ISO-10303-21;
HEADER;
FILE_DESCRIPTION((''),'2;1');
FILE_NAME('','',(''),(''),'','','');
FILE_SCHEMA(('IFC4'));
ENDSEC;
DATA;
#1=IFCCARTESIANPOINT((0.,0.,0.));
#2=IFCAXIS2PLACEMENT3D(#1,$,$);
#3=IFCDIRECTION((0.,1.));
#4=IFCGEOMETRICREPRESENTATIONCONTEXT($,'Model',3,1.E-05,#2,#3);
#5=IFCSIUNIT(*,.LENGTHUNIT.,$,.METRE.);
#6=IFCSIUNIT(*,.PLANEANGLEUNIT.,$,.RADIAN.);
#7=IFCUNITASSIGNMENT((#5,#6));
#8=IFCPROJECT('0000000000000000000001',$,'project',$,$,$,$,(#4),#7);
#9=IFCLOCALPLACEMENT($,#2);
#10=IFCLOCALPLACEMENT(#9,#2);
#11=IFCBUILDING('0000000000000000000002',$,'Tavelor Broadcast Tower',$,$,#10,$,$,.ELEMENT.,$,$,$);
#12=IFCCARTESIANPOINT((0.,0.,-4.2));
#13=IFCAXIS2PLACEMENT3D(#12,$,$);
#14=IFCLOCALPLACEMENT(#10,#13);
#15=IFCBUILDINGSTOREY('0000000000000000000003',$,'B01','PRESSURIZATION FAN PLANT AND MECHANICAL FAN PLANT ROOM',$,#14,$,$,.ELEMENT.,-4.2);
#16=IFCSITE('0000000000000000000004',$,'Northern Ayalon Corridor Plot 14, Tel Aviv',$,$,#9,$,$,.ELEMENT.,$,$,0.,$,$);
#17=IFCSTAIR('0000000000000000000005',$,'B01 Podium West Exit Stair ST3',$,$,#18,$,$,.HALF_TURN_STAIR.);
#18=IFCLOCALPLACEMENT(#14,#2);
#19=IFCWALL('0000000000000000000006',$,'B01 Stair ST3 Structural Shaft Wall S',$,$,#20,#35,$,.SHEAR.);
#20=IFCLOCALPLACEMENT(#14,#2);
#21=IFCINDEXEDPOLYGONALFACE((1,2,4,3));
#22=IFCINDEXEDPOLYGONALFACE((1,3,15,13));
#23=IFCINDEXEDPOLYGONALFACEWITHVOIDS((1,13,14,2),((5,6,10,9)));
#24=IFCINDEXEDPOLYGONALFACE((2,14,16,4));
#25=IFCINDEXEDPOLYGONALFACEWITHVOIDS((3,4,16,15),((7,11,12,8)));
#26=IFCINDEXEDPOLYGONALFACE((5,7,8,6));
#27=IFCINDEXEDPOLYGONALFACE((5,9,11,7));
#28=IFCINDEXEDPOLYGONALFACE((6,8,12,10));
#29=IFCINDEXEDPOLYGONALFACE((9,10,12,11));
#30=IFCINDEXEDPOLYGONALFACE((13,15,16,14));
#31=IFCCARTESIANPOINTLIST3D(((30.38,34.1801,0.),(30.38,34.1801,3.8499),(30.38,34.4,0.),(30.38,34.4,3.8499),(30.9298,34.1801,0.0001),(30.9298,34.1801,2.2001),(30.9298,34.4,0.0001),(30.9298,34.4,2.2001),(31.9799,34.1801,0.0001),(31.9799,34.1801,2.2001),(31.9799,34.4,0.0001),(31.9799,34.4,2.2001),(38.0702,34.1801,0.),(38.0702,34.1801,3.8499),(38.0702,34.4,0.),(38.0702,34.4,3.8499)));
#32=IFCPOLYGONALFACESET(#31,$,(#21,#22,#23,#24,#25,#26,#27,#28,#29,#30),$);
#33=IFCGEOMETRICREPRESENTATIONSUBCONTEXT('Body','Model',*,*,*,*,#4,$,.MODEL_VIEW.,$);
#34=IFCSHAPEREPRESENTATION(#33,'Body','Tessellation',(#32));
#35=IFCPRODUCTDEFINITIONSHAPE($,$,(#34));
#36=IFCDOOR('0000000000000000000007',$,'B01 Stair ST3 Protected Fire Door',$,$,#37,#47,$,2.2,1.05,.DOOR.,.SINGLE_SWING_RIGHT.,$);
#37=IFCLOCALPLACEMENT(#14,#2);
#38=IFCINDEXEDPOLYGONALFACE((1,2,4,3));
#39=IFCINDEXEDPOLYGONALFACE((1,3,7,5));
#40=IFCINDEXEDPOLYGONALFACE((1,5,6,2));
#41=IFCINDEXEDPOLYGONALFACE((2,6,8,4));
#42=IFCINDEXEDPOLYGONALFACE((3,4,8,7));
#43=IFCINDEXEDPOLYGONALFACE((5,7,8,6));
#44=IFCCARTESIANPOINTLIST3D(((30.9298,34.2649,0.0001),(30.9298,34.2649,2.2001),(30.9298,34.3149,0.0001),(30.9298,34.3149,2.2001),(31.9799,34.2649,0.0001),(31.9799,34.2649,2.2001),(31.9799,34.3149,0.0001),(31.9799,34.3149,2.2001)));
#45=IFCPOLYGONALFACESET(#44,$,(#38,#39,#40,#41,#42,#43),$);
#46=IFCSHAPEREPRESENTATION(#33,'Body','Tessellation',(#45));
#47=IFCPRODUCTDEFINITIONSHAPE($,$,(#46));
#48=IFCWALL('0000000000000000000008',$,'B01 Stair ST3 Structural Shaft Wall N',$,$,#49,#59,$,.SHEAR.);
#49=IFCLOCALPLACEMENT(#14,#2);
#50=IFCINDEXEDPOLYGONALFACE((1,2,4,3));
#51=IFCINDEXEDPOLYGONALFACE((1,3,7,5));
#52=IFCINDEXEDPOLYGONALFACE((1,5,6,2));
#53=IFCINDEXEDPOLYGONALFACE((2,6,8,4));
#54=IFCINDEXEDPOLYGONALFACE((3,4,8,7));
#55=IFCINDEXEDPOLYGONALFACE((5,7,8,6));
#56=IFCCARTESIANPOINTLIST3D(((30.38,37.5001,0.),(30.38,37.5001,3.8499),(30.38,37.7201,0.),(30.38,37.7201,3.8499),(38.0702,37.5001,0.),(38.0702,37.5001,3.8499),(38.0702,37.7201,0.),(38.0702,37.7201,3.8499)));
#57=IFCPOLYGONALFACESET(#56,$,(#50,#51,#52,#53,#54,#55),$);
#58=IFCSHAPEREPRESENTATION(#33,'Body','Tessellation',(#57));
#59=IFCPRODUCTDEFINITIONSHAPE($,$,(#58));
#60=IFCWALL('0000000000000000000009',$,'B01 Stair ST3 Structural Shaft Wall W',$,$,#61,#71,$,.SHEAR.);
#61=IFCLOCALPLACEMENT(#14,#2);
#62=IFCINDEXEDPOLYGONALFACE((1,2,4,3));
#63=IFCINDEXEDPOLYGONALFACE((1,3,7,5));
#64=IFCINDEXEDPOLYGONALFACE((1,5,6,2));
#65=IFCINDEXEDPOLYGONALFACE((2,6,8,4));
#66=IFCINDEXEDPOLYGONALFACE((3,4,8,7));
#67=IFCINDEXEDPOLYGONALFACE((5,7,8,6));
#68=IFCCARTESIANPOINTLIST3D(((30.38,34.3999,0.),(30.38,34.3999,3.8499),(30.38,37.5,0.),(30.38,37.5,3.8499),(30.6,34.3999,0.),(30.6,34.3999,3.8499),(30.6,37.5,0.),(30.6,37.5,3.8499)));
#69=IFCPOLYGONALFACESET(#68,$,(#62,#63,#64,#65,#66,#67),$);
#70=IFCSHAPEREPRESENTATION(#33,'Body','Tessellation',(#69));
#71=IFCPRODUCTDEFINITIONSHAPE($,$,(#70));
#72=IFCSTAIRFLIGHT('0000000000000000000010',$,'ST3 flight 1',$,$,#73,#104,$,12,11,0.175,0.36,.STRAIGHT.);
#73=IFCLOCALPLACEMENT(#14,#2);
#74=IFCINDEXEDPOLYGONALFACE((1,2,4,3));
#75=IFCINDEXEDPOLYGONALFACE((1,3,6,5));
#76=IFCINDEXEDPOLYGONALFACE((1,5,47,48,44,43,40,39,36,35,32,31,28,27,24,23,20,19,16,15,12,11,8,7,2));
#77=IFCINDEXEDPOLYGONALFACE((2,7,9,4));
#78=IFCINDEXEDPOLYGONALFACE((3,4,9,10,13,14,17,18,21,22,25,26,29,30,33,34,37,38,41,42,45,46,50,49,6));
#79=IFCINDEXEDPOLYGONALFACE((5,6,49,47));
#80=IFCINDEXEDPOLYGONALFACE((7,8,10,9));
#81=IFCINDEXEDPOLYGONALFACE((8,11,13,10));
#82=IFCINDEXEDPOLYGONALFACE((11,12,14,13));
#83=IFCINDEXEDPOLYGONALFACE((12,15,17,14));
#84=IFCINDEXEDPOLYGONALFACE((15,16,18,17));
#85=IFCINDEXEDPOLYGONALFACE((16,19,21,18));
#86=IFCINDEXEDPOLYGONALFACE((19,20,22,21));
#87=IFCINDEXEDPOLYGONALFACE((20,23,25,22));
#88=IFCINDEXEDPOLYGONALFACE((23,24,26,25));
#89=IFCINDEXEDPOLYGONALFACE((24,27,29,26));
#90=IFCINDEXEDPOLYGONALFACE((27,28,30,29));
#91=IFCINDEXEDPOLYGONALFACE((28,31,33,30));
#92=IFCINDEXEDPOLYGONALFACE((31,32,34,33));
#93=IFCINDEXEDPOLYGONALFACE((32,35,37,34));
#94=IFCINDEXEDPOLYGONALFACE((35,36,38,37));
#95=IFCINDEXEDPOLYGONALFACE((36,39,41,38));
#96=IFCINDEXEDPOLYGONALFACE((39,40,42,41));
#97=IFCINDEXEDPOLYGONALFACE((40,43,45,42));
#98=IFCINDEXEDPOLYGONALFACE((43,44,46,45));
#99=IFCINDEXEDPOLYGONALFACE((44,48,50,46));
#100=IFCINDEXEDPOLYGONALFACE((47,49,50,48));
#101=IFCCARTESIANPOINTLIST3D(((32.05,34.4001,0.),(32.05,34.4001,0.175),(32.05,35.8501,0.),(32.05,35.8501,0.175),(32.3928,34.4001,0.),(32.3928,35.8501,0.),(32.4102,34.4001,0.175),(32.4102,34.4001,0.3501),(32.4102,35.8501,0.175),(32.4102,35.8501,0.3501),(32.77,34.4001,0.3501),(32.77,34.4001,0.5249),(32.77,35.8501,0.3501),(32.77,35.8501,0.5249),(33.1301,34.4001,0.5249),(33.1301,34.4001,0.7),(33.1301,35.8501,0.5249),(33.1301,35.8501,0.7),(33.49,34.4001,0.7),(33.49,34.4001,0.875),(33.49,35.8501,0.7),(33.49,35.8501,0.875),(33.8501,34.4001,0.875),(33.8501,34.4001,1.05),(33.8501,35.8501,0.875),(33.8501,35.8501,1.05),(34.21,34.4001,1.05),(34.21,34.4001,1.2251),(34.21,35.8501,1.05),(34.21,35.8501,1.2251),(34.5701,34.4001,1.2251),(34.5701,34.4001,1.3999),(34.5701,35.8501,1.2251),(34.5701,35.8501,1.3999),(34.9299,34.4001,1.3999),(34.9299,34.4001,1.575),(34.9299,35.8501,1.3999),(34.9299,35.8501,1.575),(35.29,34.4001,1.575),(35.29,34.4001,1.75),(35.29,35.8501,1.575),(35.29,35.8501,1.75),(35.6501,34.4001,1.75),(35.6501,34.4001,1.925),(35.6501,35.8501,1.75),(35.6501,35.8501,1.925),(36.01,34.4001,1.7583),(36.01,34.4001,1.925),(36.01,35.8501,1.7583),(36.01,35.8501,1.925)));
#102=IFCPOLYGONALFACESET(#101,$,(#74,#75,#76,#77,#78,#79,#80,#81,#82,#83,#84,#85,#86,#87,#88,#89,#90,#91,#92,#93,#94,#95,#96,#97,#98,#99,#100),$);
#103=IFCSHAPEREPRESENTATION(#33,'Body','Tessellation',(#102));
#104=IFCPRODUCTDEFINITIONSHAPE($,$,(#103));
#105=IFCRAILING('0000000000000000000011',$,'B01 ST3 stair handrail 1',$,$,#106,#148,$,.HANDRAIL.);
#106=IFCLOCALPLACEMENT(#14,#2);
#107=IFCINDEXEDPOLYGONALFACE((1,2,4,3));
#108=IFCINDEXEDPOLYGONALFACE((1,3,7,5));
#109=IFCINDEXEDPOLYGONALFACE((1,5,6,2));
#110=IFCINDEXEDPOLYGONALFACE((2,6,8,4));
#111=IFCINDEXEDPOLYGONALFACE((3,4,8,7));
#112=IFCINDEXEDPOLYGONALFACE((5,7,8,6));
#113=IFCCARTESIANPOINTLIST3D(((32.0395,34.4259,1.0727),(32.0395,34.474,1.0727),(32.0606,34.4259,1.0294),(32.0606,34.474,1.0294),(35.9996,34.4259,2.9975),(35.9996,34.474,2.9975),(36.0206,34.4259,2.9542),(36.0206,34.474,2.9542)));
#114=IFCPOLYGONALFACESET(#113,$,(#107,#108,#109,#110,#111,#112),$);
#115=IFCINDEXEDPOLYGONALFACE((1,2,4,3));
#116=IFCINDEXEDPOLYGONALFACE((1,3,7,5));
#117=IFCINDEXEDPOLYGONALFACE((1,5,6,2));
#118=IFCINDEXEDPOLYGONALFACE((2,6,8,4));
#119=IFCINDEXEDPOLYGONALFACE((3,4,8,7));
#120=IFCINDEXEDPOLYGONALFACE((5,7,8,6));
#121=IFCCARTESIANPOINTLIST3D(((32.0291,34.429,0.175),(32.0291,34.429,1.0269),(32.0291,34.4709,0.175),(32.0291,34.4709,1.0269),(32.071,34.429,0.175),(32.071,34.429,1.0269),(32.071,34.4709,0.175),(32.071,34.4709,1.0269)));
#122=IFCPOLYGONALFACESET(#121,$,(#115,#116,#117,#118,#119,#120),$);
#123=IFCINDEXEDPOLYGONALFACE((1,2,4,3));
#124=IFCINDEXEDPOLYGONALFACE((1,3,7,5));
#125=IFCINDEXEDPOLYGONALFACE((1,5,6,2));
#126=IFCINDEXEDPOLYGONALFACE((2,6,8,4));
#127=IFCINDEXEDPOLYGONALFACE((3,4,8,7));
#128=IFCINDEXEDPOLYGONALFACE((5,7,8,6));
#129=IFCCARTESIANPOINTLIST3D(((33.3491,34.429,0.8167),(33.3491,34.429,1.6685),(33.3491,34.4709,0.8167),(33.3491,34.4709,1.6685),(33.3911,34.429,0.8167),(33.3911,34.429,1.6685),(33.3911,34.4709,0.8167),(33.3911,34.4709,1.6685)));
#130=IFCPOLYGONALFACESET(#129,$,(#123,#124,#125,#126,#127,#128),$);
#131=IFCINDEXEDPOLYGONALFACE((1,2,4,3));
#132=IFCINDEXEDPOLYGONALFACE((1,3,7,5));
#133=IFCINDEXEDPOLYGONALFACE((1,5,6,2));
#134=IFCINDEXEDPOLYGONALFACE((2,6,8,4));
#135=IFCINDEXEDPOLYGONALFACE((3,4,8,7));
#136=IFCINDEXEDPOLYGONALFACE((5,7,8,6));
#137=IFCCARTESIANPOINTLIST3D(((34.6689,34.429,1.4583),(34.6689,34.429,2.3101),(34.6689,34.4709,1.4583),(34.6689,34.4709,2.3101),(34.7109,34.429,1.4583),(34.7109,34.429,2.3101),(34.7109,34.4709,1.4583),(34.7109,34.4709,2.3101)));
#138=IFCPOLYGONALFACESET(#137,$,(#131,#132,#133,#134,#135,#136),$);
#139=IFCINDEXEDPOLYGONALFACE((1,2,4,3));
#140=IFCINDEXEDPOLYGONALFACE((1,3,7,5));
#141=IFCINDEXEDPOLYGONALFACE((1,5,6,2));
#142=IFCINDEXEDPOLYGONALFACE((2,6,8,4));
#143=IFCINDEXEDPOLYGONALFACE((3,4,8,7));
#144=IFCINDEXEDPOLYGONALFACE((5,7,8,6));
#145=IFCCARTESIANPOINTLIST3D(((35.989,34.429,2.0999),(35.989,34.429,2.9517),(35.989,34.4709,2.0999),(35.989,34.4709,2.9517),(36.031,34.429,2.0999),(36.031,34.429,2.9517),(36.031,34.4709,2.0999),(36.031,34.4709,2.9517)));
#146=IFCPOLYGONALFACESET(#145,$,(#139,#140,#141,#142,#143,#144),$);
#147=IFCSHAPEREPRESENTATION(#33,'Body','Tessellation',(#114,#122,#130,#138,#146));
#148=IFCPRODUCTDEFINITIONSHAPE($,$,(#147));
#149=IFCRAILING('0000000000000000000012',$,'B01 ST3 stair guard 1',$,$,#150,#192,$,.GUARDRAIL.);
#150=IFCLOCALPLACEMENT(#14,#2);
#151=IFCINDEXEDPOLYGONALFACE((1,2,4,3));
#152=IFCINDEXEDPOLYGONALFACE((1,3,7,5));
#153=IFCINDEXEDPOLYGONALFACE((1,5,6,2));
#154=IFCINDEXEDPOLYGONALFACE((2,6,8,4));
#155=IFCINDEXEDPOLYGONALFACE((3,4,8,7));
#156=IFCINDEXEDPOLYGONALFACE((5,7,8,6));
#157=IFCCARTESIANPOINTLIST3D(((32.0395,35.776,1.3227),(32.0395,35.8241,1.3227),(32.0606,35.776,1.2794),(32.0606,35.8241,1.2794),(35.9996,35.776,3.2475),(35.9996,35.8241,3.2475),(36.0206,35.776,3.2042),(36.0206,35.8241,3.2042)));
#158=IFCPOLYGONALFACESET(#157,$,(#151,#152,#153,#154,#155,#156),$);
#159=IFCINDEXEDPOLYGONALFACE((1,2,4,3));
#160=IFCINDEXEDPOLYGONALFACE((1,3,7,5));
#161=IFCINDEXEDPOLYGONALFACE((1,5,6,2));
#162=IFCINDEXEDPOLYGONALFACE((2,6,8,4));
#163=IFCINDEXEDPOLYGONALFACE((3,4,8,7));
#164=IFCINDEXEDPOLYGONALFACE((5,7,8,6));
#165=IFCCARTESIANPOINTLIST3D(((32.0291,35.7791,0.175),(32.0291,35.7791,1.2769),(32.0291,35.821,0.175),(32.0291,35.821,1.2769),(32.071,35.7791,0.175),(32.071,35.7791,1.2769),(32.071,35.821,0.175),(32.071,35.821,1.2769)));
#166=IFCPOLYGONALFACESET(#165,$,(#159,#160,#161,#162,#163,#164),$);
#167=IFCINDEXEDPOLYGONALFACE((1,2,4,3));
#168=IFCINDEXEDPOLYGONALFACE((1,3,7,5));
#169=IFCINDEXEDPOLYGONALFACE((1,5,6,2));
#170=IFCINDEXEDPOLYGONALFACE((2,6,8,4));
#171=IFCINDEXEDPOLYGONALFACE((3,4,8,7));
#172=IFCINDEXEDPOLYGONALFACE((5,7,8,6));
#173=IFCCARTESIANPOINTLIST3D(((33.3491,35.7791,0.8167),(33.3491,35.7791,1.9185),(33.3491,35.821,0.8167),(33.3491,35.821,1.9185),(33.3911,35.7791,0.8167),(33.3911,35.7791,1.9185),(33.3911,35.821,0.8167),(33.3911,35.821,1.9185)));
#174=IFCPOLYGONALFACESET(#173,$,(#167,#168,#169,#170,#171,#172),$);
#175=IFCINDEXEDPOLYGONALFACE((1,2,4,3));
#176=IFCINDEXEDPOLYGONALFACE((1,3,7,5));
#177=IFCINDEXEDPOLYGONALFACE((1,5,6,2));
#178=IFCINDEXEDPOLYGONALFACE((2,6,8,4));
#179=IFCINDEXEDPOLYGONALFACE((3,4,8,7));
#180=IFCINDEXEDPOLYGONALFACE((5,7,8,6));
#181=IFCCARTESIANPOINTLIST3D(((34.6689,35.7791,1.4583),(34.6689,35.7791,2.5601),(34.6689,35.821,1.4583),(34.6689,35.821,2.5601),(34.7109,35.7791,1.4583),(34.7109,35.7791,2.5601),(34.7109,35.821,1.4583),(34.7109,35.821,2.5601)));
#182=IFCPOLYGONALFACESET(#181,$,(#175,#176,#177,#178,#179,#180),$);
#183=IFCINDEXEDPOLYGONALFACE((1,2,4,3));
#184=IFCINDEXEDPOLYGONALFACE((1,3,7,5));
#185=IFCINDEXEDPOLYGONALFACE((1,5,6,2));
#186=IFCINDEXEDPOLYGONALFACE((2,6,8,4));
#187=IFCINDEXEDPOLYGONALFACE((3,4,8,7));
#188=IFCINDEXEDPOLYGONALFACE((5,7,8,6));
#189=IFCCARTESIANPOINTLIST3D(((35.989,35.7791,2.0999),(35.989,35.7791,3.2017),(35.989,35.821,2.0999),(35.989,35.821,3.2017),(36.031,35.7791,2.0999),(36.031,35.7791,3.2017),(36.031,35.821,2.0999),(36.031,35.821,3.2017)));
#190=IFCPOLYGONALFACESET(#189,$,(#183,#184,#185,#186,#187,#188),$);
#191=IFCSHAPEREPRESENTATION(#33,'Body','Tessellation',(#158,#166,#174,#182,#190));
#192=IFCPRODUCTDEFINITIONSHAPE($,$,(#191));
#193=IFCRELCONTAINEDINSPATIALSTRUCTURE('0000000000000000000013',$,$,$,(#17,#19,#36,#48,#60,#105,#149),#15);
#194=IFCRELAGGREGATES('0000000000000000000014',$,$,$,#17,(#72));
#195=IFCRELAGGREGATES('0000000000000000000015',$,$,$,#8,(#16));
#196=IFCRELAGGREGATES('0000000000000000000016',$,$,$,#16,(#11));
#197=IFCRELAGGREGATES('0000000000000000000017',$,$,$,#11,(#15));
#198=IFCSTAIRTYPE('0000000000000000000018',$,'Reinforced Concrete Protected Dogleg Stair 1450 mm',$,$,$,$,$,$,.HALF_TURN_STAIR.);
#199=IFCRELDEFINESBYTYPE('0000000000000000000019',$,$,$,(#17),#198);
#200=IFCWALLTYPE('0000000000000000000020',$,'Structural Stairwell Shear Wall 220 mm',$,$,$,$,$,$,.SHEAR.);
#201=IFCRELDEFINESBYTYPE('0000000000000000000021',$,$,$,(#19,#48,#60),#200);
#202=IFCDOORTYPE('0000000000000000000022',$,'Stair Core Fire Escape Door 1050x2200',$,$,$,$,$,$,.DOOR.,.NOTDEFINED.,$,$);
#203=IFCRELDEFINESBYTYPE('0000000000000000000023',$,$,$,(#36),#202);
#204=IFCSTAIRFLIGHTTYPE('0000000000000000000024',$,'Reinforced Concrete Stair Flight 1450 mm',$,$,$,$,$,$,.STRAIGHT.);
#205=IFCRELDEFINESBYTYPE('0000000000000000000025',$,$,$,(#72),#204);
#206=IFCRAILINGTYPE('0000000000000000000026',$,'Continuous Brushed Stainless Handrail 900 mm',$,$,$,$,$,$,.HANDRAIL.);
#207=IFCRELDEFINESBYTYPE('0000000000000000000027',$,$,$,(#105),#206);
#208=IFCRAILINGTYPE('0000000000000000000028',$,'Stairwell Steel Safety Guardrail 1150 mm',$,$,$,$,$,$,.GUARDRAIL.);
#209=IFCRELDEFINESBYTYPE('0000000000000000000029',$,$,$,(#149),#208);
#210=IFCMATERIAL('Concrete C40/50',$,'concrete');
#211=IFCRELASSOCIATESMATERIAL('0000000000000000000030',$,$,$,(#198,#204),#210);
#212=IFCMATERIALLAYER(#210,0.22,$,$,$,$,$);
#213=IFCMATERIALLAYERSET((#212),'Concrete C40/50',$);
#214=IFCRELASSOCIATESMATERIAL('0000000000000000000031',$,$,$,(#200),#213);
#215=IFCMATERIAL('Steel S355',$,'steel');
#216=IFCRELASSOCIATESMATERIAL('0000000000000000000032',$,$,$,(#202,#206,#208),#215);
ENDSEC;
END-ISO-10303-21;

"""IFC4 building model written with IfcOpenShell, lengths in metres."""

from ifc_helpers import new_model, si_unit, direction, frame, frame_2d, origin, origin_2d, place, context, subcontext, project, spatial, polyline, rectangle, outline, extrude, material, layer, layer_set, type_object, element, fill, aggregate, save


model = new_model("IFC4")

# Units and contexts
model_context = context("Model", 3, precision=1e-05, world=origin(), true_north=direction((0.0, 1.0)))
body_context = subcontext(model_context, "Body", "Model", "MODEL_VIEW")
ifc_project = project(units=[si_unit("LENGTHUNIT", "METRE"), si_unit("PLANEANGLEUNIT", "RADIAN")], contexts=[model_context])

# Site, building, storey
site_placement = place(None, origin())
site = spatial("IfcSite", under=ifc_project, at=site_placement, Name="Northern Ayalon Corridor Plot 14, Tel Aviv", CompositionType="ELEMENT", RefElevation=0.0)
building_placement = place(site_placement, origin())
building = spatial("IfcBuilding", under=site, at=building_placement, Name="Tavelor Broadcast Tower", CompositionType="ELEMENT")
storey_placement = place(building_placement, frame((0.0, 0.0, -4.2)))
storey = spatial("IfcBuildingStorey", under=building, at=storey_placement, Name="B01", Description="PRESSURIZATION FAN PLANT AND MECHANICAL FAN PLANT ROOM", CompositionType="ELEMENT", Elevation=-4.2)

# Shared definitions
ifc_material_1 = material(Name="Concrete C40/50", Category="concrete")
ifc_material_2 = material(Name="Steel S355", Category="steel")

# Stair
stair_type = type_object("IfcStairType", Name="Reinforced Concrete Protected Dogleg Stair 1450 mm", PredefinedType="HALF_TURN_STAIR", material=ifc_material_1)
stair_1_placement = place(storey_placement, origin())
stair_1 = element("IfcStair", 1, at=stair_1_placement, inside=storey, type_object=stair_type, Name="B01 Podium West Exit Stair ST3", PredefinedType="HALF_TURN_STAIR")

# Wall, opening, door
ifc_layer_1 = layer(ifc_material_1, 0.22)
ifc_layer_set_1 = layer_set([ifc_layer_1], Name="Concrete C40/50")
wall_type_1 = type_object("IfcWallType", Name="Structural Stairwell Shear Wall 220 mm", PredefinedType="SHEAR", material=ifc_layer_set_1)
wall_1_placement = place(storey_placement, frame((30.3799, 34.29, 0.0), z_axis=(0.0, 0.0, 1.0), x_axis=(1.0, 0.0, 0.0)))
wall_1 = element("IfcWall", 2, at=wall_1_placement, inside=storey, type_object=wall_type_1, Name="B01 Stair ST3 Structural Shaft Wall S", PredefinedType="SHEAR", context=body_context, shape_type="SweptSolid", body=[
    extrude(rectangle(XDim=7.6902, YDim=0.22, at=frame_2d((3.8452, 0.0))), origin(), (0.0, 0.0, 1.0), 3.8499),
])
opening_placement = place(wall_1_placement, frame((0.55, 0.0, 0.0)))
opening = element("IfcOpeningElement", 3, at=opening_placement, cuts=wall_1, PredefinedType="OPENING", context=body_context, shape_type="SweptSolid", body=[
    extrude(rectangle(XDim=1.05, YDim=2.2, at=frame_2d((0.5249, 1.1001))), frame((0.0, 0.1201, 0.0), z_axis=(0.0, -1.0, 0.0), x_axis=(1.0, 0.0, 0.0)), (0.0, 0.0, 1.0), 0.24),
])
door_type = type_object("IfcDoorType", Name="Stair Core Fire Escape Door 1050x2200", OperationType="NOTDEFINED", PredefinedType="DOOR", material=ifc_material_2)
door_placement = place(opening_placement, origin())
door = element("IfcDoor", 4, at=door_placement, inside=storey, type_object=door_type, Name="B01 Stair ST3 Protected Fire Door", OperationType="SINGLE_SWING_RIGHT", OverallHeight=2.2, OverallWidth=1.05, PredefinedType="DOOR", context=body_context, shape_type="SweptSolid", body=[
    extrude(rectangle(XDim=1.05, YDim=2.2, at=frame_2d((0.5249, 1.1001))), frame((0.0, 0.0249, 0.0), z_axis=(0.0, -1.0, 0.0), x_axis=(1.0, 0.0, 0.0)), (0.0, 0.0, 1.0), 0.05),
])
fill(opening, door)

# Walls
wall_2_placement = place(storey_placement, frame((30.3799, 37.6101, 0.0), z_axis=(0.0, 0.0, 1.0), x_axis=(1.0, 0.0, 0.0)))
element("IfcWall", 5, at=wall_2_placement, inside=storey, type_object=wall_type_1, Name="B01 Stair ST3 Structural Shaft Wall N", PredefinedType="SHEAR", context=body_context, shape_type="SweptSolid", body=[
    extrude(rectangle(XDim=7.6902, YDim=0.22, at=frame_2d((3.8452, 0.0))), origin(), (0.0, 0.0, 1.0), 3.8499),
])
wall_3_placement = place(storey_placement, frame((30.49, 34.3999, 0.0), z_axis=(0.0, 0.0, 1.0), x_axis=(0.0, 1.0, 0.0)))
element("IfcWall", 6, at=wall_3_placement, inside=storey, type_object=wall_type_1, Name="B01 Stair ST3 Structural Shaft Wall W", PredefinedType="SHEAR", context=body_context, shape_type="SweptSolid", body=[
    extrude(rectangle(XDim=3.1001, YDim=0.22, at=frame_2d((1.55, 0.0))), origin(), (0.0, 0.0, 1.0), 3.8499),
])

# Stair flight
stair_flight_type = type_object("IfcStairFlightType", Name="Reinforced Concrete Stair Flight 1450 mm", PredefinedType="STRAIGHT", material=ifc_material_1)
stair_flight_placement = place(storey_placement, frame((32.05, 35.125, 0.0), z_axis=(0.0, 0.0, 1.0), x_axis=(1.0, 0.0, 0.0)))
stair_flight = element("IfcStairFlight", 7, at=stair_flight_placement, type_object=stair_flight_type, Name="ST3 flight 1", NumberOfRisers=12, NumberOfTreads=11, PredefinedType="STRAIGHT", RiserHeight=0.175, TreadLength=0.36, context=body_context, shape_type="SweptSolid", body=[
    extrude(outline(polyline([(0.0, 0.0), (0.0, 0.175), (0.3601, 0.175), (0.3601, 0.3501), (0.72, 0.3501), (0.72, 0.5249), (1.0801, 0.5249), (1.0801, 0.7), (1.4399, 0.7), (1.4399, 0.875), (1.8, 0.875), (1.8, 1.05), (2.1599, 1.05), (2.1599, 1.2251), (2.52, 1.2251), (2.52, 1.3999), (2.8799, 1.3999), (2.8799, 1.575), (3.24, 1.575), (3.24, 1.75), (3.6001, 1.75), (3.6001, 1.925), (3.96, 1.925), (3.96, 2.1001), (3.96, 1.7583), (0.3428, 0.0), (0.0, 0.0)])), frame((0.0, 0.7251, 0.0), z_axis=(0.0, -1.0, 0.0), x_axis=(1.0, 0.0, 0.0)), (0.0, 0.0, 1.0), 1.45),
])
aggregate(stair_1, [stair_flight])

# Railings
railing_type_1 = type_object("IfcRailingType", Name="Continuous Brushed Stainless Handrail 900 mm", PredefinedType="HANDRAIL", material=ifc_material_2)
railing_1_placement = place(storey_placement, frame((32.05, 34.45, 0.175)))
element("IfcRailing", 8, at=railing_1_placement, inside=storey, type_object=railing_type_1, Name="B01 ST3 stair handrail 1", PredefinedType="HANDRAIL", context=body_context, shape_type="SweptSolid", body=[
    extrude(rectangle(XDim=0.0481, YDim=0.0481, at=origin_2d()), frame((0.0, 0.0, 0.876), z_axis=(0.899384, 0.0, 0.43716), x_axis=(0.0, 1.0, 0.0)), (0.0, 0.0, 1.0), 4.4031),
    extrude(rectangle(XDim=0.042, YDim=0.042, at=origin_2d()), origin(), (0.0, 0.0, 1.0), 0.8518),
    extrude(rectangle(XDim=0.042, YDim=0.042, at=origin_2d()), frame((1.3201, 0.0, 0.6416)), (0.0, 0.0, 1.0), 0.8518),
    extrude(rectangle(XDim=0.042, YDim=0.042, at=origin_2d()), frame((2.6399, 0.0, 1.2832)), (0.0, 0.0, 1.0), 0.8518),
    extrude(rectangle(XDim=0.042, YDim=0.042, at=origin_2d()), frame((3.96, 0.0, 1.9248)), (0.0, 0.0, 1.0), 0.8518),
])
railing_type_2 = type_object("IfcRailingType", Name="Stairwell Steel Safety Guardrail 1150 mm", PredefinedType="GUARDRAIL", material=ifc_material_2)
railing_2_placement = place(storey_placement, frame((32.05, 35.8, 0.175)))
element("IfcRailing", 9, at=railing_2_placement, inside=storey, type_object=railing_type_2, Name="B01 ST3 stair guard 1", PredefinedType="GUARDRAIL", context=body_context, shape_type="SweptSolid", body=[
    extrude(rectangle(XDim=0.0481, YDim=0.0481, at=origin_2d()), frame((0.0, 0.0, 1.126), z_axis=(0.899384, 0.0, 0.43716), x_axis=(0.0, 1.0, 0.0)), (0.0, 0.0, 1.0), 4.4031),
    extrude(rectangle(XDim=0.042, YDim=0.042, at=origin_2d()), origin(), (0.0, 0.0, 1.0), 1.1018),
    extrude(rectangle(XDim=0.042, YDim=0.042, at=origin_2d()), frame((1.3201, 0.0, 0.6416)), (0.0, 0.0, 1.0), 1.1018),
    extrude(rectangle(XDim=0.042, YDim=0.042, at=origin_2d()), frame((2.6399, 0.0, 1.2832)), (0.0, 0.0, 1.0), 1.1018),
    extrude(rectangle(XDim=0.042, YDim=0.042, at=origin_2d()), frame((3.96, 0.0, 1.9248)), (0.0, 0.0, 1.0), 1.1018),
])

save(model, "model.ifc")
